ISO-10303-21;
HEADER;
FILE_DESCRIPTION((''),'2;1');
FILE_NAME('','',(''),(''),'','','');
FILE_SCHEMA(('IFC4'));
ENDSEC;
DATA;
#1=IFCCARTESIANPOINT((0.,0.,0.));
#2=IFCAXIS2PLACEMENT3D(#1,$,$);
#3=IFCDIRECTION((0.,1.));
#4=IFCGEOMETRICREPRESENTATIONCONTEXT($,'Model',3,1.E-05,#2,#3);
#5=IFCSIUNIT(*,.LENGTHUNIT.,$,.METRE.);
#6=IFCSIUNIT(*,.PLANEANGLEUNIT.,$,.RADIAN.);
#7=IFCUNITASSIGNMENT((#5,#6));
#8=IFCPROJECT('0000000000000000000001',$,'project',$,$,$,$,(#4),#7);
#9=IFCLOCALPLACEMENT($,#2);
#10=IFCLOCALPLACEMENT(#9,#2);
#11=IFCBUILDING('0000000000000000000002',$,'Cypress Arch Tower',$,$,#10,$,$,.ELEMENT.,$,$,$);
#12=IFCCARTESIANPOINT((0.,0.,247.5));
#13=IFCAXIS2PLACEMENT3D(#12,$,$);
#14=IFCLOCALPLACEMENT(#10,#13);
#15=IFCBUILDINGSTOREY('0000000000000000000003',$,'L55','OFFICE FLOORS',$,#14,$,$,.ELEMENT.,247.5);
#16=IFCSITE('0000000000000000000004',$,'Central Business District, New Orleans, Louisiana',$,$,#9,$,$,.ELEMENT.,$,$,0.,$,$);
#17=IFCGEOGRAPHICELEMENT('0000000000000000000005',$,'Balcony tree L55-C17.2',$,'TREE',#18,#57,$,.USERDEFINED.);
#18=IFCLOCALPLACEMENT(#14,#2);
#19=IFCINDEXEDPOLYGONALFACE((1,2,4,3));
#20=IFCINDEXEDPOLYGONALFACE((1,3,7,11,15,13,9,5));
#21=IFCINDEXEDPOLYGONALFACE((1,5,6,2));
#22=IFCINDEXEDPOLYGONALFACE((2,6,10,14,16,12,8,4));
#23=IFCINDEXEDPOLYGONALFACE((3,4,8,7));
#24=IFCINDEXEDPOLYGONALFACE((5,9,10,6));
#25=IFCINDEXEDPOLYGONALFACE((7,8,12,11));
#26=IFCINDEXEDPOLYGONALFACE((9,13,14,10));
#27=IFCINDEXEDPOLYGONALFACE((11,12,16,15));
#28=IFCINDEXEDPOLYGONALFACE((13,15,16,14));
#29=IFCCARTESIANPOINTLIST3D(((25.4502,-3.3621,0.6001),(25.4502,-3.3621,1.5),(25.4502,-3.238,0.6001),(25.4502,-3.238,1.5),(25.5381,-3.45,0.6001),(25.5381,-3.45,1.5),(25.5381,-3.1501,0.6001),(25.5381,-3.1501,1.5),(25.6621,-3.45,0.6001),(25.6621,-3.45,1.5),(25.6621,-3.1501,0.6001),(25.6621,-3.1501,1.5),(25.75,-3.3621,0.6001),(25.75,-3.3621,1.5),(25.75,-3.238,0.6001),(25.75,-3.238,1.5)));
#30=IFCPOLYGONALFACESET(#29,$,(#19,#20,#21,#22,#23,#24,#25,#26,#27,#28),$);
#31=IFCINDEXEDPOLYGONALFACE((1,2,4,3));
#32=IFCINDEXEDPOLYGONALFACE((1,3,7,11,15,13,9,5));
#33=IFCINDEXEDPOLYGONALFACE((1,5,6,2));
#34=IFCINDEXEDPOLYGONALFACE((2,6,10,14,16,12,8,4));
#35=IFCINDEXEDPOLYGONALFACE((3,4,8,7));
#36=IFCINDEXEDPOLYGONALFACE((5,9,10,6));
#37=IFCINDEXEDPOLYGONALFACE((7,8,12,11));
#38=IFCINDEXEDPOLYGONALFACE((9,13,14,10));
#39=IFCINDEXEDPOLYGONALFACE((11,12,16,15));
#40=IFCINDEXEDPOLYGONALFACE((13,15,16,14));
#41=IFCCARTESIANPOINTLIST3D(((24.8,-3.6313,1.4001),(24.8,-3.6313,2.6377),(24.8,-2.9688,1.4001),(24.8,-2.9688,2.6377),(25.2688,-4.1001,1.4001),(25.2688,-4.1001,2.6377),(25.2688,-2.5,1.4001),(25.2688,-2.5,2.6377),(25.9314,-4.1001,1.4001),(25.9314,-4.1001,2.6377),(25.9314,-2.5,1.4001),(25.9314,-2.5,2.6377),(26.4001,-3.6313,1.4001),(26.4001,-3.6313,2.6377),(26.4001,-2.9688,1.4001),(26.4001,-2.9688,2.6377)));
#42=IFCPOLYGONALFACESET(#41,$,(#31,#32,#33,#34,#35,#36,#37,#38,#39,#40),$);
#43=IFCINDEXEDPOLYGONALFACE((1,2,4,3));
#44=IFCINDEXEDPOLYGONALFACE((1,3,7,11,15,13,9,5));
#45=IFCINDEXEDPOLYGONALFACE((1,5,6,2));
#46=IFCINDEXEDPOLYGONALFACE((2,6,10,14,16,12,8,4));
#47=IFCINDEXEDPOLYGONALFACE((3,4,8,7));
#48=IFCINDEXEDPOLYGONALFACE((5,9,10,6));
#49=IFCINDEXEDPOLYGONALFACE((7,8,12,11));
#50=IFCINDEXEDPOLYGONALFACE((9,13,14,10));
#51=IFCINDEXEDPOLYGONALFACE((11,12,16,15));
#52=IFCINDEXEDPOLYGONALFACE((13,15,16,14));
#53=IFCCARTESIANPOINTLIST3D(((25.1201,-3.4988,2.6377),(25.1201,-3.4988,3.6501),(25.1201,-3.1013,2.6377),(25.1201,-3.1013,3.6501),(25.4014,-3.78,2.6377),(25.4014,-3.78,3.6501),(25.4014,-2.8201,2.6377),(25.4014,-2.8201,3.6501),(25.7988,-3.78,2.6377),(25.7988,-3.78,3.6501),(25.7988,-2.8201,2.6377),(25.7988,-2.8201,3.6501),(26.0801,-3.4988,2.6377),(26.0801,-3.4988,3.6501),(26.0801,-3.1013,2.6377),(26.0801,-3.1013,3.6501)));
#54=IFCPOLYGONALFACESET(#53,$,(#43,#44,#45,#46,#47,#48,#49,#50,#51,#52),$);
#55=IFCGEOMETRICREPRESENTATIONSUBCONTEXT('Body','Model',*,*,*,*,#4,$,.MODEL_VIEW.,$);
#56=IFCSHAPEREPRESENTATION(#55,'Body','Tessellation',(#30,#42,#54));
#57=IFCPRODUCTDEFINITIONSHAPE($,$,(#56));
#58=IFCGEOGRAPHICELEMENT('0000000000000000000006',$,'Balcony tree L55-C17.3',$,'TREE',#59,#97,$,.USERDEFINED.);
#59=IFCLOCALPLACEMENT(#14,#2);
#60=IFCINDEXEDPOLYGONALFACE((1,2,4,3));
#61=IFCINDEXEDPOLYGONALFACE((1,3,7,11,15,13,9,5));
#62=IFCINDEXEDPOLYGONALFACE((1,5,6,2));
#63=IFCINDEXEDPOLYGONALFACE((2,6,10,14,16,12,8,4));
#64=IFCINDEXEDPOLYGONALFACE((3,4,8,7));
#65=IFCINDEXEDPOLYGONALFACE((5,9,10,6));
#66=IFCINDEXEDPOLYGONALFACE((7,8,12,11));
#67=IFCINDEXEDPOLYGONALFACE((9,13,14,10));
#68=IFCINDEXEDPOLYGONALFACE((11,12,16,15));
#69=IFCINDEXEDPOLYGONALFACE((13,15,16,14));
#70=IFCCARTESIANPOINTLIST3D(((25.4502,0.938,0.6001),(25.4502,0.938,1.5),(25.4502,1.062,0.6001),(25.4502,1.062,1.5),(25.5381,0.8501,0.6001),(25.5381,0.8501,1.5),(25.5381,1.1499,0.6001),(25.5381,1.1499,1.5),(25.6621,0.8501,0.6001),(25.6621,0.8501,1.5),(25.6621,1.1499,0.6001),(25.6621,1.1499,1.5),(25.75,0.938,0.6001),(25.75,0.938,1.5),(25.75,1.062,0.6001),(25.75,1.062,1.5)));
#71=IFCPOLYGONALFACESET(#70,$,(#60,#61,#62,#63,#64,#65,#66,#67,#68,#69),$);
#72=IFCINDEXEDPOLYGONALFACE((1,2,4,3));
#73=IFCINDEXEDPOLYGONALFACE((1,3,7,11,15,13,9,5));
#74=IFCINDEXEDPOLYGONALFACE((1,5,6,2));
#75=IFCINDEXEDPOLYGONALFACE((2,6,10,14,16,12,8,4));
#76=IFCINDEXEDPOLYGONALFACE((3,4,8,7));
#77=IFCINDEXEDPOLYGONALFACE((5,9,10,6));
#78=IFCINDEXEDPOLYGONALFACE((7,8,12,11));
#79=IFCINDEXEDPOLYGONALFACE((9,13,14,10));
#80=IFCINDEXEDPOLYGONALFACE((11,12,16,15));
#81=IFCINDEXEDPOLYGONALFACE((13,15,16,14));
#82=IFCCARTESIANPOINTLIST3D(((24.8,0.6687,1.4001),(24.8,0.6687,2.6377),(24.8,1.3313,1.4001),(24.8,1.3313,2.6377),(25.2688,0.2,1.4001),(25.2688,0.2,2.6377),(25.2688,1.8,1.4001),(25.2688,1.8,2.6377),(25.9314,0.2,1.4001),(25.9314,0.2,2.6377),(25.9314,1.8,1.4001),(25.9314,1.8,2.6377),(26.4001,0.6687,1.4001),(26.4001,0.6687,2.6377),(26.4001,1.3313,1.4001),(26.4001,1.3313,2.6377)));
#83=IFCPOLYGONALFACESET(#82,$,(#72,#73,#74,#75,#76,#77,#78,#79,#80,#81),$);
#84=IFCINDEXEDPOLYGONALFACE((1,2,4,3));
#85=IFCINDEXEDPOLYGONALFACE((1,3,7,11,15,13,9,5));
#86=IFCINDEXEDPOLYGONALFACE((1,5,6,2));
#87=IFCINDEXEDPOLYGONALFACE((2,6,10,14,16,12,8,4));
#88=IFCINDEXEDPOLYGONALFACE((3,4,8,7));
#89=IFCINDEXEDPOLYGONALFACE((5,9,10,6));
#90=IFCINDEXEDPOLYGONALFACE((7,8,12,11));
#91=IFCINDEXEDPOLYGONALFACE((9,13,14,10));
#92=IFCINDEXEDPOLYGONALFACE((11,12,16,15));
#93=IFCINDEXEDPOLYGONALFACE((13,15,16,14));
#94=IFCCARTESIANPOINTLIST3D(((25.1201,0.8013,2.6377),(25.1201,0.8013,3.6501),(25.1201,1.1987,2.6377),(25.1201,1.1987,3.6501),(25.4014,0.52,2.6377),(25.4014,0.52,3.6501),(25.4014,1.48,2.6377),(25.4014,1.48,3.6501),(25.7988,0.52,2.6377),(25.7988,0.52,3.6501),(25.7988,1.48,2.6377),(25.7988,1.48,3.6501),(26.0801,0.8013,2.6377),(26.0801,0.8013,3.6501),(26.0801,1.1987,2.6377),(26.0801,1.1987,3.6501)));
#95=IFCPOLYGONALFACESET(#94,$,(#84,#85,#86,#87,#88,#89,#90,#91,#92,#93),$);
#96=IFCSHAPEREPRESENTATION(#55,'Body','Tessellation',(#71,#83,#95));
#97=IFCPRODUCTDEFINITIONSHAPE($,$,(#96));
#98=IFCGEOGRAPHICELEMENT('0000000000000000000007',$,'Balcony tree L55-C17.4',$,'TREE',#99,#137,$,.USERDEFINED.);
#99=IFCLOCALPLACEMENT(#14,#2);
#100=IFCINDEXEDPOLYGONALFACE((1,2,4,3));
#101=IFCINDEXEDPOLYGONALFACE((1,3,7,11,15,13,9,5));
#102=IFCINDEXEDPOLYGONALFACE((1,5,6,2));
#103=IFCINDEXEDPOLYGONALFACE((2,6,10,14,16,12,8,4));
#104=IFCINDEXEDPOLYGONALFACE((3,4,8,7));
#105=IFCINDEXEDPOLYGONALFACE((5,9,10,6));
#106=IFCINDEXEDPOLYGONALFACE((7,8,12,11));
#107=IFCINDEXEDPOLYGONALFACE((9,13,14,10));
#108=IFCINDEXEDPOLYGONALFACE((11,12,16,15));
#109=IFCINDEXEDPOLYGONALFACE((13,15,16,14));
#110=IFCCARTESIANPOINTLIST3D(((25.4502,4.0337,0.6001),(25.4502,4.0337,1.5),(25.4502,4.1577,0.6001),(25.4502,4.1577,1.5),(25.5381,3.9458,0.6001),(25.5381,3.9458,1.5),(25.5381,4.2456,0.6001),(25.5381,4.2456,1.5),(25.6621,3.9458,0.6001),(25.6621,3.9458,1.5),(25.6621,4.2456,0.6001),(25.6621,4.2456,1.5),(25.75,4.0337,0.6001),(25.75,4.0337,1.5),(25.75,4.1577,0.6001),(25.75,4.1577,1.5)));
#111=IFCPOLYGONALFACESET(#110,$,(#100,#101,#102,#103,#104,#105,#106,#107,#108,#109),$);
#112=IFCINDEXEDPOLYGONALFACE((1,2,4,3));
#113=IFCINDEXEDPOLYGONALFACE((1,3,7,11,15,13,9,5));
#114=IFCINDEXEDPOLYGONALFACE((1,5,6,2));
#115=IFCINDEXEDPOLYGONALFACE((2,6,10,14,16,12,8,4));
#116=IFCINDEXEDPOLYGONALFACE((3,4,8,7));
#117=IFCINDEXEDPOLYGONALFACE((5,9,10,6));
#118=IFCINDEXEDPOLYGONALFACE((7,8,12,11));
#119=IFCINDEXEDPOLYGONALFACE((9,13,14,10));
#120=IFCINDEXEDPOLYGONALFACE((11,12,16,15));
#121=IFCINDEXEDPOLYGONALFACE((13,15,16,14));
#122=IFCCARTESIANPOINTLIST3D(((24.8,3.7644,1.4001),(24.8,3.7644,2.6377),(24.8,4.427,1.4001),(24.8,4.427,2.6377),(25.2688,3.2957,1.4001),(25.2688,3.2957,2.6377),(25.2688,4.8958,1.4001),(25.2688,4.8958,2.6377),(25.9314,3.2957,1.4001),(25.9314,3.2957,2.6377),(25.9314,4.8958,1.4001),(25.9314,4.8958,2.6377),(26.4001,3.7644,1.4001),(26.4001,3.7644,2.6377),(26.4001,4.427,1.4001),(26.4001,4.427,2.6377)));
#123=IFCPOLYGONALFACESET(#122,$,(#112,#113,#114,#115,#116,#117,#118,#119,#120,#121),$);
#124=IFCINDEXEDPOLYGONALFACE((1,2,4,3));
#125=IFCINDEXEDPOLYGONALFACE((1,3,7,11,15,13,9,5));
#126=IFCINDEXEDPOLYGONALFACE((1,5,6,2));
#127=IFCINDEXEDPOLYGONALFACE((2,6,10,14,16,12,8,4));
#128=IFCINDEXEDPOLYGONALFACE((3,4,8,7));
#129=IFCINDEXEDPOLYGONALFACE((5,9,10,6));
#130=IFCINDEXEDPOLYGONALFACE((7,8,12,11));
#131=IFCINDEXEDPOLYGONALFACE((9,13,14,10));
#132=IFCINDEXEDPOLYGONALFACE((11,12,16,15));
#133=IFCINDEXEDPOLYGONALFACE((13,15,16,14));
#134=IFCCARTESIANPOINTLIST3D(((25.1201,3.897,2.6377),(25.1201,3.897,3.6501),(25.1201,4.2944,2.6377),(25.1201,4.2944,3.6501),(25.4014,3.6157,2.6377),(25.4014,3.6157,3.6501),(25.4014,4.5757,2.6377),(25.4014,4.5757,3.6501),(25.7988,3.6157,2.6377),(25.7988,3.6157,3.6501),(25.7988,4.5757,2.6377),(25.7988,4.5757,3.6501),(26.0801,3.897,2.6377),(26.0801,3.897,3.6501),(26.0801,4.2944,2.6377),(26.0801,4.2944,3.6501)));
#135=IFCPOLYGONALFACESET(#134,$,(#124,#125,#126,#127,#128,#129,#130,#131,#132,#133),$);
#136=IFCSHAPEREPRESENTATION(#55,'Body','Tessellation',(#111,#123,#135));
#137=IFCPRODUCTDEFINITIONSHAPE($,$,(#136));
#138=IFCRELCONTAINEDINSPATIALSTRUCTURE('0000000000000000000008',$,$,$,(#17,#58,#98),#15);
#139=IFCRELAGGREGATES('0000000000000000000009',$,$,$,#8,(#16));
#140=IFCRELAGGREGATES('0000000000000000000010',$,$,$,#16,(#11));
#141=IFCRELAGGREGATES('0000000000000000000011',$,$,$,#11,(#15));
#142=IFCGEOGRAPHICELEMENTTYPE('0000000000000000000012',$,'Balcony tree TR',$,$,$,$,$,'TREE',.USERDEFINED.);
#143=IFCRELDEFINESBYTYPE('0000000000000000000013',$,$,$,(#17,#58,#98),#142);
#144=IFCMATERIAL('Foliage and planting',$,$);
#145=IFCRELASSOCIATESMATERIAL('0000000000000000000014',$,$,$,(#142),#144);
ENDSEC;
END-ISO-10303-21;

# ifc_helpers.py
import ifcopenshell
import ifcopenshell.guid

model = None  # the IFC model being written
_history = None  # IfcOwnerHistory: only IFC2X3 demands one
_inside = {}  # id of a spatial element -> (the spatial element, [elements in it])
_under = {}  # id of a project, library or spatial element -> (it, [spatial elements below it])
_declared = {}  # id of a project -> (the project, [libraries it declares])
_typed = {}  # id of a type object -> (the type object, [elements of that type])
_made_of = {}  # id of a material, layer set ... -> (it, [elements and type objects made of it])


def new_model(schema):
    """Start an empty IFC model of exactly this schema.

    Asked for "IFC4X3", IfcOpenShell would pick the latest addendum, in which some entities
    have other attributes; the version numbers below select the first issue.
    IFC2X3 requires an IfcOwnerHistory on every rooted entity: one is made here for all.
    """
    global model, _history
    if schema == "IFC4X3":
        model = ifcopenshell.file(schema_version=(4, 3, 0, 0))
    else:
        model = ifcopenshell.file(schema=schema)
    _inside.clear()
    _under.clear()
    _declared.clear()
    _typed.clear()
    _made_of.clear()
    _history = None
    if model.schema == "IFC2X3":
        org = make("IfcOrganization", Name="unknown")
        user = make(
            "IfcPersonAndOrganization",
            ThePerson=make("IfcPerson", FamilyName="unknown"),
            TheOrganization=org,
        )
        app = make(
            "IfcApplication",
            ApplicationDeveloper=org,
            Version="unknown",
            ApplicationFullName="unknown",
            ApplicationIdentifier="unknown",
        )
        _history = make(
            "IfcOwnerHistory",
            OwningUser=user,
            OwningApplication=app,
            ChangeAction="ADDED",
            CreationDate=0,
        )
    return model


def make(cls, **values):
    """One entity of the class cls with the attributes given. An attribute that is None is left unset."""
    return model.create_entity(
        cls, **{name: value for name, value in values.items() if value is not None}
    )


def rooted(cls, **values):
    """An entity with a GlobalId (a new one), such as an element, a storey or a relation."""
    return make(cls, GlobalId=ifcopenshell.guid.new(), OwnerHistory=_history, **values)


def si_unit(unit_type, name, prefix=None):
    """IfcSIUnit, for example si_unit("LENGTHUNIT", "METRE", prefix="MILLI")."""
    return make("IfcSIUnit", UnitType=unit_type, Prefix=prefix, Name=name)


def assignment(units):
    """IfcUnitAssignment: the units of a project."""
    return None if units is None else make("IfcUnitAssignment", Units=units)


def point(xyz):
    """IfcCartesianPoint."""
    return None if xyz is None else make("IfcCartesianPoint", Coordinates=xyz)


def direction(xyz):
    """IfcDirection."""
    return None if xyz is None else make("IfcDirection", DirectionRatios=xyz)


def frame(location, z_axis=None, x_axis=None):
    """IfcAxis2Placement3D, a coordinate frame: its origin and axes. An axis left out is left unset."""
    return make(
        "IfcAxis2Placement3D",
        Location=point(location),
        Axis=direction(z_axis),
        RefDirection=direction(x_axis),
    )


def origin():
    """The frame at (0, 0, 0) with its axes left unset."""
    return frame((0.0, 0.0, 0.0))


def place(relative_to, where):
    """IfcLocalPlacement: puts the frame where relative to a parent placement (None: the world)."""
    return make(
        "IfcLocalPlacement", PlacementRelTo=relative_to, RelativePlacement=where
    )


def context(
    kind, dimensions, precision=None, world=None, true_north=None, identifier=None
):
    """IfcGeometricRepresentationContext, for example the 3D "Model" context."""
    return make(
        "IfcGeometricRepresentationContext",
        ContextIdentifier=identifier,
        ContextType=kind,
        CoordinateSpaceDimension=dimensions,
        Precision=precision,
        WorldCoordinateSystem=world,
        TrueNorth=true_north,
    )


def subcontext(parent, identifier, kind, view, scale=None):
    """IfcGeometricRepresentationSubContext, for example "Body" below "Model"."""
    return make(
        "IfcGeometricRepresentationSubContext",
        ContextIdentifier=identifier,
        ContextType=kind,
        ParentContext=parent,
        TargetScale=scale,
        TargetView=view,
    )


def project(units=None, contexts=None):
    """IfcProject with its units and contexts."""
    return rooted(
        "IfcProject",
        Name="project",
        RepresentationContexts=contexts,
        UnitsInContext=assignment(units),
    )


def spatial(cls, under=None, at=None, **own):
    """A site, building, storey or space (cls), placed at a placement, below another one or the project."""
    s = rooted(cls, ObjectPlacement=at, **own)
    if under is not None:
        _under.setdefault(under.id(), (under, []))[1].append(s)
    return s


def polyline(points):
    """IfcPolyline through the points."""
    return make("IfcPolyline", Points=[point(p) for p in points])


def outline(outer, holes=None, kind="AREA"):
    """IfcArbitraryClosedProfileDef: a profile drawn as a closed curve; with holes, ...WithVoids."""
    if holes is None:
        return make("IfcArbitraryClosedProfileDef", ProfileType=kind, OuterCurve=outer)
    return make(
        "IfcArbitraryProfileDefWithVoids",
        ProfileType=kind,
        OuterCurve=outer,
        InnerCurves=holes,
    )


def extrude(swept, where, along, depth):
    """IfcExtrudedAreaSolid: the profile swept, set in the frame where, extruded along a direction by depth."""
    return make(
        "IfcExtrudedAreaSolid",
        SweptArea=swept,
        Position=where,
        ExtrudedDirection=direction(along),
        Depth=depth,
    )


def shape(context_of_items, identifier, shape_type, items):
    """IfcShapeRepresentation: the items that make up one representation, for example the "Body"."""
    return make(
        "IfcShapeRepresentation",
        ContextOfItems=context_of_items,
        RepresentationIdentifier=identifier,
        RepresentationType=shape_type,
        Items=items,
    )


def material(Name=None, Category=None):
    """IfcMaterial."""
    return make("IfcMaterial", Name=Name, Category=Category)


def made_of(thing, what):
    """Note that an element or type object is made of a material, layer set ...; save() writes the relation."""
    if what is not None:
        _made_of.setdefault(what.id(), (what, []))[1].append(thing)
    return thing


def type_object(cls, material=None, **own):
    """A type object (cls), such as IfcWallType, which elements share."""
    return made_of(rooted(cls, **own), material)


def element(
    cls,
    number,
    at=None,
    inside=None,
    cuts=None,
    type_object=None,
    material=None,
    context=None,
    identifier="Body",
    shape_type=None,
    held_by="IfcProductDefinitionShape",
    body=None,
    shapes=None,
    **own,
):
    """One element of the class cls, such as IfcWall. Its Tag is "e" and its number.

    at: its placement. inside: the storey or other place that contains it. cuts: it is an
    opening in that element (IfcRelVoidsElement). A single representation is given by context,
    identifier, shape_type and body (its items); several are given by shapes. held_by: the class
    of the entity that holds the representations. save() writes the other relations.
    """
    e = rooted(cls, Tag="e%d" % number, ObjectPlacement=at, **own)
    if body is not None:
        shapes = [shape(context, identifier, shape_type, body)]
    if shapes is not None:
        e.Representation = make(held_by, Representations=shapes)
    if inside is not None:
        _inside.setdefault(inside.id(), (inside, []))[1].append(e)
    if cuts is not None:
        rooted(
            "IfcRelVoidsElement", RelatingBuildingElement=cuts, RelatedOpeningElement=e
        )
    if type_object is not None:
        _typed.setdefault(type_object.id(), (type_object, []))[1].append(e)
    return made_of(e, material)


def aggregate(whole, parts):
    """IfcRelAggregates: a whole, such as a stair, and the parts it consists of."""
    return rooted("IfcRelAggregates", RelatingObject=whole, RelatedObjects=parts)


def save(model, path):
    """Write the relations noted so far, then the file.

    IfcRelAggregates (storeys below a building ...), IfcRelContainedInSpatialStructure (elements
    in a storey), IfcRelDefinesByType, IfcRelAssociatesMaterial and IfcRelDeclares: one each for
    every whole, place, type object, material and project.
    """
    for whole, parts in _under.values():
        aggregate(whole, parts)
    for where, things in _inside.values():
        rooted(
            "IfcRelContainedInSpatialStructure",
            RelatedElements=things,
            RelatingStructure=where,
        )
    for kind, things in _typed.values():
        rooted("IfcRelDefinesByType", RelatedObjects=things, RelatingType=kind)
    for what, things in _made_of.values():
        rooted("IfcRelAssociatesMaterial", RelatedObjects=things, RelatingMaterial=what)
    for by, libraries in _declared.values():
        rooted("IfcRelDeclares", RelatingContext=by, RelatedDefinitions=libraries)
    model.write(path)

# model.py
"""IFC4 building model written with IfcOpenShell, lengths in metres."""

from ifc_helpers import new_model, si_unit, direction, frame, origin, place, context, subcontext, project, spatial, polyline, outline, extrude, material, type_object, element, save


model = new_model("IFC4")

# Units and contexts
model_context = context("Model", 3, precision=1e-05, world=origin(), true_north=direction((0.0, 1.0)))
body_context = subcontext(model_context, "Body", "Model", "MODEL_VIEW")
ifc_project = project(units=[si_unit("LENGTHUNIT", "METRE"), si_unit("PLANEANGLEUNIT", "RADIAN")], contexts=[model_context])

# Site, building, storey
site_placement = place(None, origin())
site = spatial("IfcSite", under=ifc_project, at=site_placement, Name="Central Business District, New Orleans, Louisiana", CompositionType="ELEMENT", RefElevation=0.0)
building_placement = place(site_placement, origin())
building = spatial("IfcBuilding", under=site, at=building_placement, Name="Cypress Arch Tower", CompositionType="ELEMENT")
storey_placement = place(building_placement, frame((0.0, 0.0, 247.5)))
storey = spatial("IfcBuildingStorey", under=building, at=storey_placement, Name="L55", Description="OFFICE FLOORS", CompositionType="ELEMENT", Elevation=247.5)

# Geographic elements
ifc_material_1 = material(Name="Foliage and planting")
geographic_element_type = type_object("IfcGeographicElementType", Name="Balcony tree TR", ElementType="TREE", PredefinedType="USERDEFINED", material=ifc_material_1)
for number, where, z_axis, x_axis, name in (
    (1, (25.6001, -3.3, 0.6001), (0.0, 0.0, 1.0), (1.0, 0.0, 0.0), "Balcony tree L55-C17.2"),
    (2, (25.6001, 1.0, 0.6001), (0.0, 0.0, 1.0), (1.0, 0.0, 0.0), "Balcony tree L55-C17.3"),
    (3, (25.6001, 4.0957, 0.6001), (0.0, 0.0, 1.0), (1.0, 0.0, 0.0), "Balcony tree L55-C17.4"),
):
    element("IfcGeographicElement", number, at=place(storey_placement, frame(where, z_axis=z_axis, x_axis=x_axis)), inside=storey, type_object=geographic_element_type, Name=name, ObjectType="TREE", PredefinedType="USERDEFINED", context=body_context, shape_type="SweptSolid", body=[
        extrude(outline(polyline([(0.1499, 0.062), (0.062, 0.1499), (-0.062, 0.1499), (-0.1499, 0.062), (-0.1499, -0.062), (-0.062, -0.1499), (0.062, -0.1499), (0.1499, -0.062), (0.1499, 0.062)])), origin(), (0.0, 0.0, 1.0), 0.8999),
        extrude(outline(polyline([(0.8, 0.3313), (0.3313, 0.8), (-0.3313, 0.8), (-0.8, 0.3313), (-0.8, -0.3313), (-0.3313, -0.8), (0.3313, -0.8), (0.8, -0.3313), (0.8, 0.3313)])), frame((0.0, 0.0, 0.8)), (0.0, 0.0, 1.0), 1.2375),
        extrude(outline(polyline([(0.48, 0.1987), (0.1987, 0.48), (-0.1987, 0.48), (-0.48, 0.1987), (-0.48, -0.1987), (-0.1987, -0.48), (0.1987, -0.48), (0.48, -0.1987), (0.48, 0.1987)])), frame((0.0, 0.0, 2.0376)), (0.0, 0.0, 1.0), 1.0125),
    ])

save(model, "model.ifc")
